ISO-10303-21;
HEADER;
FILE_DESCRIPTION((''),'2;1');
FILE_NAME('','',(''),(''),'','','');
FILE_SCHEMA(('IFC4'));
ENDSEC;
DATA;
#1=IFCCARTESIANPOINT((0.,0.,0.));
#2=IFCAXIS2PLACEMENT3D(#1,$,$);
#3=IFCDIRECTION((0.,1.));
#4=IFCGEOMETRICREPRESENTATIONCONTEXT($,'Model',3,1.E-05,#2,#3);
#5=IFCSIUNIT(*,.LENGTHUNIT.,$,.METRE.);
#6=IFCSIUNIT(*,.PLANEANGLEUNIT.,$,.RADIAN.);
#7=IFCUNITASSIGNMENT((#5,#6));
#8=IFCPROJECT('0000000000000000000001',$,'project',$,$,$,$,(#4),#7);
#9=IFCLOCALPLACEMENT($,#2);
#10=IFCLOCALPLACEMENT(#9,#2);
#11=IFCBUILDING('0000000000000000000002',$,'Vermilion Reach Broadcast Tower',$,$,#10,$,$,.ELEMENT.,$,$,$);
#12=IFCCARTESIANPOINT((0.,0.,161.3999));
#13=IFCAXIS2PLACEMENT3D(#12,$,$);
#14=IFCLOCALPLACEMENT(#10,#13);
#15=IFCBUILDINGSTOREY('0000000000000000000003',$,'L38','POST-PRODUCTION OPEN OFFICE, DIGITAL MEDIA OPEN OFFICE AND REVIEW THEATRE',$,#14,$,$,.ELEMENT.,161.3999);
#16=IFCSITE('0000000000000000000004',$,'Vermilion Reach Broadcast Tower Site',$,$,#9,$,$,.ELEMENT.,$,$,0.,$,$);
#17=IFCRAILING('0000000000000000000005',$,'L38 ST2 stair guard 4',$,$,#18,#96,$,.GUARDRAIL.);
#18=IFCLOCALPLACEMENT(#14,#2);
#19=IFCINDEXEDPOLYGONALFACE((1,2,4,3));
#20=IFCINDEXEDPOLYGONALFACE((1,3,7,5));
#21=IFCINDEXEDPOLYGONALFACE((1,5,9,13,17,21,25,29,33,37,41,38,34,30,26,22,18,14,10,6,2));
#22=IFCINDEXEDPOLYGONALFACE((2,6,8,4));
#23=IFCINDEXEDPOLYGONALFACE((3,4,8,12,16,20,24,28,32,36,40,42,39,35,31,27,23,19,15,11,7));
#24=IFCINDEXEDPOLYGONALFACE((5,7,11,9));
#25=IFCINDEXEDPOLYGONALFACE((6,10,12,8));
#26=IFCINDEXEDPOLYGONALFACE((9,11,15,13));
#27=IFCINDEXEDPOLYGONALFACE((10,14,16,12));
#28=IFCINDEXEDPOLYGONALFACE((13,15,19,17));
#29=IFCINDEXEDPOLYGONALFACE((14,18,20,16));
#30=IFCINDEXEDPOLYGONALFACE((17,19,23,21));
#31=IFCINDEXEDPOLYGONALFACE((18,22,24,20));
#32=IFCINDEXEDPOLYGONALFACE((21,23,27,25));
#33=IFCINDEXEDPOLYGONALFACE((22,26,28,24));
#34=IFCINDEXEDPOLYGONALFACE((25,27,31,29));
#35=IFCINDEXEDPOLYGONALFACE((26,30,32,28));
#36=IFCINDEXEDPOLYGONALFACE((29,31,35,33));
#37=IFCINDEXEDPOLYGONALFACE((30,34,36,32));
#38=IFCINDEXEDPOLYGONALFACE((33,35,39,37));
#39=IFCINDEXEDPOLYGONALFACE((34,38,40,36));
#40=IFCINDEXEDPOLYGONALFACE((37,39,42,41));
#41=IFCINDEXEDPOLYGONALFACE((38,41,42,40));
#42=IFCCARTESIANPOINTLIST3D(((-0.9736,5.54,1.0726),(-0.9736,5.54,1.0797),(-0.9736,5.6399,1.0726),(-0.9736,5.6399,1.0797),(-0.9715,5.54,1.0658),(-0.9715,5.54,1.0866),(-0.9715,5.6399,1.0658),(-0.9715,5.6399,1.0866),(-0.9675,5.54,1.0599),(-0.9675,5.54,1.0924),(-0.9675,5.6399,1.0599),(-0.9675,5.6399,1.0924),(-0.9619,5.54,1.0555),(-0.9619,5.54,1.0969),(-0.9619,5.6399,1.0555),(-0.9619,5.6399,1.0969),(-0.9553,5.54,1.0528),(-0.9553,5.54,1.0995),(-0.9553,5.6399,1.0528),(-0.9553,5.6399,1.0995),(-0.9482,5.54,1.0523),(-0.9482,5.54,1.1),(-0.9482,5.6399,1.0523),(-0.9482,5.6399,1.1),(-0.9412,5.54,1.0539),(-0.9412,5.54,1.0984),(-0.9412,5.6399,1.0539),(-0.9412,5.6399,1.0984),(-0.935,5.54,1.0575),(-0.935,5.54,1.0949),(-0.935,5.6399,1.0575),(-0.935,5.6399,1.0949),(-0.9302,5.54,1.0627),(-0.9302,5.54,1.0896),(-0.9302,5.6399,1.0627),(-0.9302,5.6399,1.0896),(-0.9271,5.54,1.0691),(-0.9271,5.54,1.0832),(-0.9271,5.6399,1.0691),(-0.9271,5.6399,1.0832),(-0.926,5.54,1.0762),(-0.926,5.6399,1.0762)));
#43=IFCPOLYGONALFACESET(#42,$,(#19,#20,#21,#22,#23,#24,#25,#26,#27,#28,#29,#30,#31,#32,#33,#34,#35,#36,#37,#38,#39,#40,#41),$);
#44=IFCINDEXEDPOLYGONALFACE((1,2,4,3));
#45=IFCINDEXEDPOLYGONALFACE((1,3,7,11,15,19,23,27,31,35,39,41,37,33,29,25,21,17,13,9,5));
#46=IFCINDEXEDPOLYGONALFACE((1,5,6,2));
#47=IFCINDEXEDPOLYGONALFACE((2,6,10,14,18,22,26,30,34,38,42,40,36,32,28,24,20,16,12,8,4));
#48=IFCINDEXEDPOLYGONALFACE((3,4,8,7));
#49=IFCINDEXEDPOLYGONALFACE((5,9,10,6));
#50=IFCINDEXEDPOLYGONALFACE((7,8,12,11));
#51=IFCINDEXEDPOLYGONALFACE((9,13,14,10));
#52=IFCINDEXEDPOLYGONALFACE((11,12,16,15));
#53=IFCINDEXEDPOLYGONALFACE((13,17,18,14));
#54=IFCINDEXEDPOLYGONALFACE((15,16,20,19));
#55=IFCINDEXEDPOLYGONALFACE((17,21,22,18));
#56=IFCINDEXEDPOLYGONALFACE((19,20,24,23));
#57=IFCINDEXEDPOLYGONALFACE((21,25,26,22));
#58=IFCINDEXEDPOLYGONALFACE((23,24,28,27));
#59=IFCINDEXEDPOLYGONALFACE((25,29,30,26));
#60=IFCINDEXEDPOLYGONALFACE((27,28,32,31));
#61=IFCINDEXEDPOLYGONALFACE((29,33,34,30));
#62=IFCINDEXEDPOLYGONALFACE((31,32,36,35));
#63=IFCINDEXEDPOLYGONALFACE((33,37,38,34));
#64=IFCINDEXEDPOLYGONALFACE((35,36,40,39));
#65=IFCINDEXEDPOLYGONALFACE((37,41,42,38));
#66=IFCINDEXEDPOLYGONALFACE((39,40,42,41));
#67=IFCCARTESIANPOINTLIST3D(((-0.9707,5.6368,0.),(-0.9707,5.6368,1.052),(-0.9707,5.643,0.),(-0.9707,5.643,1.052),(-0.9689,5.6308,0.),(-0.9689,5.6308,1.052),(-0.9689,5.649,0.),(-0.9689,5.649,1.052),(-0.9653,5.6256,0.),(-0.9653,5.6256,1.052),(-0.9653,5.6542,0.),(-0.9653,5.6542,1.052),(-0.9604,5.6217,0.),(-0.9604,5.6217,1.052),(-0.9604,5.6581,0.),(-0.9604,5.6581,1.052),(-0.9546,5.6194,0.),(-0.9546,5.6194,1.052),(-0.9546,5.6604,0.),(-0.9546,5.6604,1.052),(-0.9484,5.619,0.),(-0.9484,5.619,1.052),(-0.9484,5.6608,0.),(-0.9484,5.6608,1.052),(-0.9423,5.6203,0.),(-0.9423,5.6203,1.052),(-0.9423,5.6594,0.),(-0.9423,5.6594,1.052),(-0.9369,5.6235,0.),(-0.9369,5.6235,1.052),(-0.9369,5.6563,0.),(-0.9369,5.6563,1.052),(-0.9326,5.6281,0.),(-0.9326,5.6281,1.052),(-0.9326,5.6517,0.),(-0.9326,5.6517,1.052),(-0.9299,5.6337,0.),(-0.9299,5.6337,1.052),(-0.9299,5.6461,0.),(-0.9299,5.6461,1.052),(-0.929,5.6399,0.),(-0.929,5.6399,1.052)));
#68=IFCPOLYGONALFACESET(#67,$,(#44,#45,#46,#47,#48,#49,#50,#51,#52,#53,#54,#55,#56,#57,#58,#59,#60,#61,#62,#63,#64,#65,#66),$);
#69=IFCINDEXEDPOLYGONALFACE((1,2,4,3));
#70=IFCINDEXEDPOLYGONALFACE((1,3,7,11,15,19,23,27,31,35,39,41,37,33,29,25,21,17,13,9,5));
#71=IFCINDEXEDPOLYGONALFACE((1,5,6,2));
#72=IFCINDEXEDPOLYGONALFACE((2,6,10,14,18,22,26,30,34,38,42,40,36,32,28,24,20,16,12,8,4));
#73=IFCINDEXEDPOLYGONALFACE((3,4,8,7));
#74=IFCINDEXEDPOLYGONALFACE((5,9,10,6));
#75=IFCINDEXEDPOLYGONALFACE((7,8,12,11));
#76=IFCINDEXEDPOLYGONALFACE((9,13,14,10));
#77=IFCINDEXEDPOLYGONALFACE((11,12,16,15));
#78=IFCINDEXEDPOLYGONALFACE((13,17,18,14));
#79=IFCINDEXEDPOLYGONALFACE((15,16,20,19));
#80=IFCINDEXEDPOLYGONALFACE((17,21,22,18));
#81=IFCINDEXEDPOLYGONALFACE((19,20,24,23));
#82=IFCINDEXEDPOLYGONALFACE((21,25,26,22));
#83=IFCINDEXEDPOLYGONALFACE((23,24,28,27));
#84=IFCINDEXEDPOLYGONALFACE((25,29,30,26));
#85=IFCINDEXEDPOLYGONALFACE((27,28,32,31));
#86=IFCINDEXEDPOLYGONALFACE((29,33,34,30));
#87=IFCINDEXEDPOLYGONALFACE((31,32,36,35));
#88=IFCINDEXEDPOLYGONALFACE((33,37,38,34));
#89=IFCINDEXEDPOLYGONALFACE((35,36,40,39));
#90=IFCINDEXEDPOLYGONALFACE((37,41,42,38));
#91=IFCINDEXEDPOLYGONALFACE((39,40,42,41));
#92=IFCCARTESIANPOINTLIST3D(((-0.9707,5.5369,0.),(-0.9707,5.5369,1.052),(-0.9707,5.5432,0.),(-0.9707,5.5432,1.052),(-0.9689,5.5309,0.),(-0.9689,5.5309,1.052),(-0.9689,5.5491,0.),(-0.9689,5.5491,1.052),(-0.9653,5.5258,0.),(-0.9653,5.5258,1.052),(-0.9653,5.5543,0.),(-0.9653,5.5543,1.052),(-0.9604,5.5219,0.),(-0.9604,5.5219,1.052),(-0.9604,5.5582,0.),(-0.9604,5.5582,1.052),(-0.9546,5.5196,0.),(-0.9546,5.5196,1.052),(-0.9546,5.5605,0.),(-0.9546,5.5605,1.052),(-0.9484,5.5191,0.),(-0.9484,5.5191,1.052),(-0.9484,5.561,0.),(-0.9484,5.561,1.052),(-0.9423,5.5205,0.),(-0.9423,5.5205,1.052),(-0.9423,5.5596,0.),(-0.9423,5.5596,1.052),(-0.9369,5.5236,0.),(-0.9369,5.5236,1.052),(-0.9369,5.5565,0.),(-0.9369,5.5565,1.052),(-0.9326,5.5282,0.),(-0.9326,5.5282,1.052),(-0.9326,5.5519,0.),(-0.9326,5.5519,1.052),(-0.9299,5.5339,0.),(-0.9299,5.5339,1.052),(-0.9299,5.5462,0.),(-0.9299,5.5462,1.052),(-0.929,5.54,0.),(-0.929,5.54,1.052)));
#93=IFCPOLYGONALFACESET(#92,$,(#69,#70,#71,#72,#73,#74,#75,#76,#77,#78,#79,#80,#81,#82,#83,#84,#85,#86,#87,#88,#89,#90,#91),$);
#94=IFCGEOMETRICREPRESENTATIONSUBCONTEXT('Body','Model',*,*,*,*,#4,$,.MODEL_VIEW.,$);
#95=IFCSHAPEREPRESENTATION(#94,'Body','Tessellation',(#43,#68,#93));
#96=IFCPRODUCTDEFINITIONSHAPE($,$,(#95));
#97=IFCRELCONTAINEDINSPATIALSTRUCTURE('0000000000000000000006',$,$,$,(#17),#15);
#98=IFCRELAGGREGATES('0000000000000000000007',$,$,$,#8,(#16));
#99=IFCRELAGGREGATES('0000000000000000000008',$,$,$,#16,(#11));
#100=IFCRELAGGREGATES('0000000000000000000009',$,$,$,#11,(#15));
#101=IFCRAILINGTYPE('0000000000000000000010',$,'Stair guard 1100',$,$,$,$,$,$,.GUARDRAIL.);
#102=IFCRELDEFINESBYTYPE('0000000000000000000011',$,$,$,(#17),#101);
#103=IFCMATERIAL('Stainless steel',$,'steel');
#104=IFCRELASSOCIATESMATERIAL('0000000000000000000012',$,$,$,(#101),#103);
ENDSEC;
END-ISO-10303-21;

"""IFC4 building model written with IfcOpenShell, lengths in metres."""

from ifc_helpers import new_model, si_unit, direction, frame, origin, origin_2d, place, context, subcontext, project, spatial, circle, extrude, material, type_object, element, save


model = new_model("IFC4")

# Units and contexts
model_context = context("Model", 3, precision=1e-05, world=origin(), true_north=direction((0.0, 1.0)))
body_context = subcontext(model_context, "Body", "Model", "MODEL_VIEW")
ifc_project = project(units=[si_unit("LENGTHUNIT", "METRE"), si_unit("PLANEANGLEUNIT", "RADIAN")], contexts=[model_context])

# Site, building, storey
site_placement = place(None, origin())
site = spatial("IfcSite", under=ifc_project, at=site_placement, Name="Vermilion Reach Broadcast Tower Site", CompositionType="ELEMENT", RefElevation=0.0)
building_placement = place(site_placement, origin())
building = spatial("IfcBuilding", under=site, at=building_placement, Name="Vermilion Reach Broadcast Tower", CompositionType="ELEMENT")
storey_placement = place(building_placement, frame((0.0, 0.0, 161.3999)))
storey = spatial("IfcBuildingStorey", under=building, at=storey_placement, Name="L38", Description="POST-PRODUCTION OPEN OFFICE, DIGITAL MEDIA OPEN OFFICE AND REVIEW THEATRE", CompositionType="ELEMENT", Elevation=161.3999)

# Railing
ifc_material_1 = material(Name="Stainless steel", Category="steel")
railing_type_1 = type_object("IfcRailingType", Name="Stair guard 1100", PredefinedType="GUARDRAIL", material=ifc_material_1)
railing_1_placement = place(storey_placement, frame((-0.95, 5.6399, 0.0)))
element("IfcRailing", 1, at=railing_1_placement, inside=storey, type_object=railing_type_1, Name="L38 ST2 stair guard 4", PredefinedType="GUARDRAIL", context=body_context, shape_type="SweptSolid", body=[
    extrude(circle(Radius=0.0239, at=origin_2d()), frame((0.0, 0.0, 1.0762), z_axis=(0.0, -1.0, 0.0), x_axis=(1.0, 0.0, 0.0)), (0.0, 0.0, 1.0), 0.0999),
    extrude(circle(Radius=0.021, at=origin_2d()), origin(), (0.0, 0.0, 1.0), 1.052),
    extrude(circle(Radius=0.021, at=origin_2d()), frame((0.0, -0.0999, 0.0)), (0.0, 0.0, 1.0), 1.052),
])

save(model, "model.ifc")
